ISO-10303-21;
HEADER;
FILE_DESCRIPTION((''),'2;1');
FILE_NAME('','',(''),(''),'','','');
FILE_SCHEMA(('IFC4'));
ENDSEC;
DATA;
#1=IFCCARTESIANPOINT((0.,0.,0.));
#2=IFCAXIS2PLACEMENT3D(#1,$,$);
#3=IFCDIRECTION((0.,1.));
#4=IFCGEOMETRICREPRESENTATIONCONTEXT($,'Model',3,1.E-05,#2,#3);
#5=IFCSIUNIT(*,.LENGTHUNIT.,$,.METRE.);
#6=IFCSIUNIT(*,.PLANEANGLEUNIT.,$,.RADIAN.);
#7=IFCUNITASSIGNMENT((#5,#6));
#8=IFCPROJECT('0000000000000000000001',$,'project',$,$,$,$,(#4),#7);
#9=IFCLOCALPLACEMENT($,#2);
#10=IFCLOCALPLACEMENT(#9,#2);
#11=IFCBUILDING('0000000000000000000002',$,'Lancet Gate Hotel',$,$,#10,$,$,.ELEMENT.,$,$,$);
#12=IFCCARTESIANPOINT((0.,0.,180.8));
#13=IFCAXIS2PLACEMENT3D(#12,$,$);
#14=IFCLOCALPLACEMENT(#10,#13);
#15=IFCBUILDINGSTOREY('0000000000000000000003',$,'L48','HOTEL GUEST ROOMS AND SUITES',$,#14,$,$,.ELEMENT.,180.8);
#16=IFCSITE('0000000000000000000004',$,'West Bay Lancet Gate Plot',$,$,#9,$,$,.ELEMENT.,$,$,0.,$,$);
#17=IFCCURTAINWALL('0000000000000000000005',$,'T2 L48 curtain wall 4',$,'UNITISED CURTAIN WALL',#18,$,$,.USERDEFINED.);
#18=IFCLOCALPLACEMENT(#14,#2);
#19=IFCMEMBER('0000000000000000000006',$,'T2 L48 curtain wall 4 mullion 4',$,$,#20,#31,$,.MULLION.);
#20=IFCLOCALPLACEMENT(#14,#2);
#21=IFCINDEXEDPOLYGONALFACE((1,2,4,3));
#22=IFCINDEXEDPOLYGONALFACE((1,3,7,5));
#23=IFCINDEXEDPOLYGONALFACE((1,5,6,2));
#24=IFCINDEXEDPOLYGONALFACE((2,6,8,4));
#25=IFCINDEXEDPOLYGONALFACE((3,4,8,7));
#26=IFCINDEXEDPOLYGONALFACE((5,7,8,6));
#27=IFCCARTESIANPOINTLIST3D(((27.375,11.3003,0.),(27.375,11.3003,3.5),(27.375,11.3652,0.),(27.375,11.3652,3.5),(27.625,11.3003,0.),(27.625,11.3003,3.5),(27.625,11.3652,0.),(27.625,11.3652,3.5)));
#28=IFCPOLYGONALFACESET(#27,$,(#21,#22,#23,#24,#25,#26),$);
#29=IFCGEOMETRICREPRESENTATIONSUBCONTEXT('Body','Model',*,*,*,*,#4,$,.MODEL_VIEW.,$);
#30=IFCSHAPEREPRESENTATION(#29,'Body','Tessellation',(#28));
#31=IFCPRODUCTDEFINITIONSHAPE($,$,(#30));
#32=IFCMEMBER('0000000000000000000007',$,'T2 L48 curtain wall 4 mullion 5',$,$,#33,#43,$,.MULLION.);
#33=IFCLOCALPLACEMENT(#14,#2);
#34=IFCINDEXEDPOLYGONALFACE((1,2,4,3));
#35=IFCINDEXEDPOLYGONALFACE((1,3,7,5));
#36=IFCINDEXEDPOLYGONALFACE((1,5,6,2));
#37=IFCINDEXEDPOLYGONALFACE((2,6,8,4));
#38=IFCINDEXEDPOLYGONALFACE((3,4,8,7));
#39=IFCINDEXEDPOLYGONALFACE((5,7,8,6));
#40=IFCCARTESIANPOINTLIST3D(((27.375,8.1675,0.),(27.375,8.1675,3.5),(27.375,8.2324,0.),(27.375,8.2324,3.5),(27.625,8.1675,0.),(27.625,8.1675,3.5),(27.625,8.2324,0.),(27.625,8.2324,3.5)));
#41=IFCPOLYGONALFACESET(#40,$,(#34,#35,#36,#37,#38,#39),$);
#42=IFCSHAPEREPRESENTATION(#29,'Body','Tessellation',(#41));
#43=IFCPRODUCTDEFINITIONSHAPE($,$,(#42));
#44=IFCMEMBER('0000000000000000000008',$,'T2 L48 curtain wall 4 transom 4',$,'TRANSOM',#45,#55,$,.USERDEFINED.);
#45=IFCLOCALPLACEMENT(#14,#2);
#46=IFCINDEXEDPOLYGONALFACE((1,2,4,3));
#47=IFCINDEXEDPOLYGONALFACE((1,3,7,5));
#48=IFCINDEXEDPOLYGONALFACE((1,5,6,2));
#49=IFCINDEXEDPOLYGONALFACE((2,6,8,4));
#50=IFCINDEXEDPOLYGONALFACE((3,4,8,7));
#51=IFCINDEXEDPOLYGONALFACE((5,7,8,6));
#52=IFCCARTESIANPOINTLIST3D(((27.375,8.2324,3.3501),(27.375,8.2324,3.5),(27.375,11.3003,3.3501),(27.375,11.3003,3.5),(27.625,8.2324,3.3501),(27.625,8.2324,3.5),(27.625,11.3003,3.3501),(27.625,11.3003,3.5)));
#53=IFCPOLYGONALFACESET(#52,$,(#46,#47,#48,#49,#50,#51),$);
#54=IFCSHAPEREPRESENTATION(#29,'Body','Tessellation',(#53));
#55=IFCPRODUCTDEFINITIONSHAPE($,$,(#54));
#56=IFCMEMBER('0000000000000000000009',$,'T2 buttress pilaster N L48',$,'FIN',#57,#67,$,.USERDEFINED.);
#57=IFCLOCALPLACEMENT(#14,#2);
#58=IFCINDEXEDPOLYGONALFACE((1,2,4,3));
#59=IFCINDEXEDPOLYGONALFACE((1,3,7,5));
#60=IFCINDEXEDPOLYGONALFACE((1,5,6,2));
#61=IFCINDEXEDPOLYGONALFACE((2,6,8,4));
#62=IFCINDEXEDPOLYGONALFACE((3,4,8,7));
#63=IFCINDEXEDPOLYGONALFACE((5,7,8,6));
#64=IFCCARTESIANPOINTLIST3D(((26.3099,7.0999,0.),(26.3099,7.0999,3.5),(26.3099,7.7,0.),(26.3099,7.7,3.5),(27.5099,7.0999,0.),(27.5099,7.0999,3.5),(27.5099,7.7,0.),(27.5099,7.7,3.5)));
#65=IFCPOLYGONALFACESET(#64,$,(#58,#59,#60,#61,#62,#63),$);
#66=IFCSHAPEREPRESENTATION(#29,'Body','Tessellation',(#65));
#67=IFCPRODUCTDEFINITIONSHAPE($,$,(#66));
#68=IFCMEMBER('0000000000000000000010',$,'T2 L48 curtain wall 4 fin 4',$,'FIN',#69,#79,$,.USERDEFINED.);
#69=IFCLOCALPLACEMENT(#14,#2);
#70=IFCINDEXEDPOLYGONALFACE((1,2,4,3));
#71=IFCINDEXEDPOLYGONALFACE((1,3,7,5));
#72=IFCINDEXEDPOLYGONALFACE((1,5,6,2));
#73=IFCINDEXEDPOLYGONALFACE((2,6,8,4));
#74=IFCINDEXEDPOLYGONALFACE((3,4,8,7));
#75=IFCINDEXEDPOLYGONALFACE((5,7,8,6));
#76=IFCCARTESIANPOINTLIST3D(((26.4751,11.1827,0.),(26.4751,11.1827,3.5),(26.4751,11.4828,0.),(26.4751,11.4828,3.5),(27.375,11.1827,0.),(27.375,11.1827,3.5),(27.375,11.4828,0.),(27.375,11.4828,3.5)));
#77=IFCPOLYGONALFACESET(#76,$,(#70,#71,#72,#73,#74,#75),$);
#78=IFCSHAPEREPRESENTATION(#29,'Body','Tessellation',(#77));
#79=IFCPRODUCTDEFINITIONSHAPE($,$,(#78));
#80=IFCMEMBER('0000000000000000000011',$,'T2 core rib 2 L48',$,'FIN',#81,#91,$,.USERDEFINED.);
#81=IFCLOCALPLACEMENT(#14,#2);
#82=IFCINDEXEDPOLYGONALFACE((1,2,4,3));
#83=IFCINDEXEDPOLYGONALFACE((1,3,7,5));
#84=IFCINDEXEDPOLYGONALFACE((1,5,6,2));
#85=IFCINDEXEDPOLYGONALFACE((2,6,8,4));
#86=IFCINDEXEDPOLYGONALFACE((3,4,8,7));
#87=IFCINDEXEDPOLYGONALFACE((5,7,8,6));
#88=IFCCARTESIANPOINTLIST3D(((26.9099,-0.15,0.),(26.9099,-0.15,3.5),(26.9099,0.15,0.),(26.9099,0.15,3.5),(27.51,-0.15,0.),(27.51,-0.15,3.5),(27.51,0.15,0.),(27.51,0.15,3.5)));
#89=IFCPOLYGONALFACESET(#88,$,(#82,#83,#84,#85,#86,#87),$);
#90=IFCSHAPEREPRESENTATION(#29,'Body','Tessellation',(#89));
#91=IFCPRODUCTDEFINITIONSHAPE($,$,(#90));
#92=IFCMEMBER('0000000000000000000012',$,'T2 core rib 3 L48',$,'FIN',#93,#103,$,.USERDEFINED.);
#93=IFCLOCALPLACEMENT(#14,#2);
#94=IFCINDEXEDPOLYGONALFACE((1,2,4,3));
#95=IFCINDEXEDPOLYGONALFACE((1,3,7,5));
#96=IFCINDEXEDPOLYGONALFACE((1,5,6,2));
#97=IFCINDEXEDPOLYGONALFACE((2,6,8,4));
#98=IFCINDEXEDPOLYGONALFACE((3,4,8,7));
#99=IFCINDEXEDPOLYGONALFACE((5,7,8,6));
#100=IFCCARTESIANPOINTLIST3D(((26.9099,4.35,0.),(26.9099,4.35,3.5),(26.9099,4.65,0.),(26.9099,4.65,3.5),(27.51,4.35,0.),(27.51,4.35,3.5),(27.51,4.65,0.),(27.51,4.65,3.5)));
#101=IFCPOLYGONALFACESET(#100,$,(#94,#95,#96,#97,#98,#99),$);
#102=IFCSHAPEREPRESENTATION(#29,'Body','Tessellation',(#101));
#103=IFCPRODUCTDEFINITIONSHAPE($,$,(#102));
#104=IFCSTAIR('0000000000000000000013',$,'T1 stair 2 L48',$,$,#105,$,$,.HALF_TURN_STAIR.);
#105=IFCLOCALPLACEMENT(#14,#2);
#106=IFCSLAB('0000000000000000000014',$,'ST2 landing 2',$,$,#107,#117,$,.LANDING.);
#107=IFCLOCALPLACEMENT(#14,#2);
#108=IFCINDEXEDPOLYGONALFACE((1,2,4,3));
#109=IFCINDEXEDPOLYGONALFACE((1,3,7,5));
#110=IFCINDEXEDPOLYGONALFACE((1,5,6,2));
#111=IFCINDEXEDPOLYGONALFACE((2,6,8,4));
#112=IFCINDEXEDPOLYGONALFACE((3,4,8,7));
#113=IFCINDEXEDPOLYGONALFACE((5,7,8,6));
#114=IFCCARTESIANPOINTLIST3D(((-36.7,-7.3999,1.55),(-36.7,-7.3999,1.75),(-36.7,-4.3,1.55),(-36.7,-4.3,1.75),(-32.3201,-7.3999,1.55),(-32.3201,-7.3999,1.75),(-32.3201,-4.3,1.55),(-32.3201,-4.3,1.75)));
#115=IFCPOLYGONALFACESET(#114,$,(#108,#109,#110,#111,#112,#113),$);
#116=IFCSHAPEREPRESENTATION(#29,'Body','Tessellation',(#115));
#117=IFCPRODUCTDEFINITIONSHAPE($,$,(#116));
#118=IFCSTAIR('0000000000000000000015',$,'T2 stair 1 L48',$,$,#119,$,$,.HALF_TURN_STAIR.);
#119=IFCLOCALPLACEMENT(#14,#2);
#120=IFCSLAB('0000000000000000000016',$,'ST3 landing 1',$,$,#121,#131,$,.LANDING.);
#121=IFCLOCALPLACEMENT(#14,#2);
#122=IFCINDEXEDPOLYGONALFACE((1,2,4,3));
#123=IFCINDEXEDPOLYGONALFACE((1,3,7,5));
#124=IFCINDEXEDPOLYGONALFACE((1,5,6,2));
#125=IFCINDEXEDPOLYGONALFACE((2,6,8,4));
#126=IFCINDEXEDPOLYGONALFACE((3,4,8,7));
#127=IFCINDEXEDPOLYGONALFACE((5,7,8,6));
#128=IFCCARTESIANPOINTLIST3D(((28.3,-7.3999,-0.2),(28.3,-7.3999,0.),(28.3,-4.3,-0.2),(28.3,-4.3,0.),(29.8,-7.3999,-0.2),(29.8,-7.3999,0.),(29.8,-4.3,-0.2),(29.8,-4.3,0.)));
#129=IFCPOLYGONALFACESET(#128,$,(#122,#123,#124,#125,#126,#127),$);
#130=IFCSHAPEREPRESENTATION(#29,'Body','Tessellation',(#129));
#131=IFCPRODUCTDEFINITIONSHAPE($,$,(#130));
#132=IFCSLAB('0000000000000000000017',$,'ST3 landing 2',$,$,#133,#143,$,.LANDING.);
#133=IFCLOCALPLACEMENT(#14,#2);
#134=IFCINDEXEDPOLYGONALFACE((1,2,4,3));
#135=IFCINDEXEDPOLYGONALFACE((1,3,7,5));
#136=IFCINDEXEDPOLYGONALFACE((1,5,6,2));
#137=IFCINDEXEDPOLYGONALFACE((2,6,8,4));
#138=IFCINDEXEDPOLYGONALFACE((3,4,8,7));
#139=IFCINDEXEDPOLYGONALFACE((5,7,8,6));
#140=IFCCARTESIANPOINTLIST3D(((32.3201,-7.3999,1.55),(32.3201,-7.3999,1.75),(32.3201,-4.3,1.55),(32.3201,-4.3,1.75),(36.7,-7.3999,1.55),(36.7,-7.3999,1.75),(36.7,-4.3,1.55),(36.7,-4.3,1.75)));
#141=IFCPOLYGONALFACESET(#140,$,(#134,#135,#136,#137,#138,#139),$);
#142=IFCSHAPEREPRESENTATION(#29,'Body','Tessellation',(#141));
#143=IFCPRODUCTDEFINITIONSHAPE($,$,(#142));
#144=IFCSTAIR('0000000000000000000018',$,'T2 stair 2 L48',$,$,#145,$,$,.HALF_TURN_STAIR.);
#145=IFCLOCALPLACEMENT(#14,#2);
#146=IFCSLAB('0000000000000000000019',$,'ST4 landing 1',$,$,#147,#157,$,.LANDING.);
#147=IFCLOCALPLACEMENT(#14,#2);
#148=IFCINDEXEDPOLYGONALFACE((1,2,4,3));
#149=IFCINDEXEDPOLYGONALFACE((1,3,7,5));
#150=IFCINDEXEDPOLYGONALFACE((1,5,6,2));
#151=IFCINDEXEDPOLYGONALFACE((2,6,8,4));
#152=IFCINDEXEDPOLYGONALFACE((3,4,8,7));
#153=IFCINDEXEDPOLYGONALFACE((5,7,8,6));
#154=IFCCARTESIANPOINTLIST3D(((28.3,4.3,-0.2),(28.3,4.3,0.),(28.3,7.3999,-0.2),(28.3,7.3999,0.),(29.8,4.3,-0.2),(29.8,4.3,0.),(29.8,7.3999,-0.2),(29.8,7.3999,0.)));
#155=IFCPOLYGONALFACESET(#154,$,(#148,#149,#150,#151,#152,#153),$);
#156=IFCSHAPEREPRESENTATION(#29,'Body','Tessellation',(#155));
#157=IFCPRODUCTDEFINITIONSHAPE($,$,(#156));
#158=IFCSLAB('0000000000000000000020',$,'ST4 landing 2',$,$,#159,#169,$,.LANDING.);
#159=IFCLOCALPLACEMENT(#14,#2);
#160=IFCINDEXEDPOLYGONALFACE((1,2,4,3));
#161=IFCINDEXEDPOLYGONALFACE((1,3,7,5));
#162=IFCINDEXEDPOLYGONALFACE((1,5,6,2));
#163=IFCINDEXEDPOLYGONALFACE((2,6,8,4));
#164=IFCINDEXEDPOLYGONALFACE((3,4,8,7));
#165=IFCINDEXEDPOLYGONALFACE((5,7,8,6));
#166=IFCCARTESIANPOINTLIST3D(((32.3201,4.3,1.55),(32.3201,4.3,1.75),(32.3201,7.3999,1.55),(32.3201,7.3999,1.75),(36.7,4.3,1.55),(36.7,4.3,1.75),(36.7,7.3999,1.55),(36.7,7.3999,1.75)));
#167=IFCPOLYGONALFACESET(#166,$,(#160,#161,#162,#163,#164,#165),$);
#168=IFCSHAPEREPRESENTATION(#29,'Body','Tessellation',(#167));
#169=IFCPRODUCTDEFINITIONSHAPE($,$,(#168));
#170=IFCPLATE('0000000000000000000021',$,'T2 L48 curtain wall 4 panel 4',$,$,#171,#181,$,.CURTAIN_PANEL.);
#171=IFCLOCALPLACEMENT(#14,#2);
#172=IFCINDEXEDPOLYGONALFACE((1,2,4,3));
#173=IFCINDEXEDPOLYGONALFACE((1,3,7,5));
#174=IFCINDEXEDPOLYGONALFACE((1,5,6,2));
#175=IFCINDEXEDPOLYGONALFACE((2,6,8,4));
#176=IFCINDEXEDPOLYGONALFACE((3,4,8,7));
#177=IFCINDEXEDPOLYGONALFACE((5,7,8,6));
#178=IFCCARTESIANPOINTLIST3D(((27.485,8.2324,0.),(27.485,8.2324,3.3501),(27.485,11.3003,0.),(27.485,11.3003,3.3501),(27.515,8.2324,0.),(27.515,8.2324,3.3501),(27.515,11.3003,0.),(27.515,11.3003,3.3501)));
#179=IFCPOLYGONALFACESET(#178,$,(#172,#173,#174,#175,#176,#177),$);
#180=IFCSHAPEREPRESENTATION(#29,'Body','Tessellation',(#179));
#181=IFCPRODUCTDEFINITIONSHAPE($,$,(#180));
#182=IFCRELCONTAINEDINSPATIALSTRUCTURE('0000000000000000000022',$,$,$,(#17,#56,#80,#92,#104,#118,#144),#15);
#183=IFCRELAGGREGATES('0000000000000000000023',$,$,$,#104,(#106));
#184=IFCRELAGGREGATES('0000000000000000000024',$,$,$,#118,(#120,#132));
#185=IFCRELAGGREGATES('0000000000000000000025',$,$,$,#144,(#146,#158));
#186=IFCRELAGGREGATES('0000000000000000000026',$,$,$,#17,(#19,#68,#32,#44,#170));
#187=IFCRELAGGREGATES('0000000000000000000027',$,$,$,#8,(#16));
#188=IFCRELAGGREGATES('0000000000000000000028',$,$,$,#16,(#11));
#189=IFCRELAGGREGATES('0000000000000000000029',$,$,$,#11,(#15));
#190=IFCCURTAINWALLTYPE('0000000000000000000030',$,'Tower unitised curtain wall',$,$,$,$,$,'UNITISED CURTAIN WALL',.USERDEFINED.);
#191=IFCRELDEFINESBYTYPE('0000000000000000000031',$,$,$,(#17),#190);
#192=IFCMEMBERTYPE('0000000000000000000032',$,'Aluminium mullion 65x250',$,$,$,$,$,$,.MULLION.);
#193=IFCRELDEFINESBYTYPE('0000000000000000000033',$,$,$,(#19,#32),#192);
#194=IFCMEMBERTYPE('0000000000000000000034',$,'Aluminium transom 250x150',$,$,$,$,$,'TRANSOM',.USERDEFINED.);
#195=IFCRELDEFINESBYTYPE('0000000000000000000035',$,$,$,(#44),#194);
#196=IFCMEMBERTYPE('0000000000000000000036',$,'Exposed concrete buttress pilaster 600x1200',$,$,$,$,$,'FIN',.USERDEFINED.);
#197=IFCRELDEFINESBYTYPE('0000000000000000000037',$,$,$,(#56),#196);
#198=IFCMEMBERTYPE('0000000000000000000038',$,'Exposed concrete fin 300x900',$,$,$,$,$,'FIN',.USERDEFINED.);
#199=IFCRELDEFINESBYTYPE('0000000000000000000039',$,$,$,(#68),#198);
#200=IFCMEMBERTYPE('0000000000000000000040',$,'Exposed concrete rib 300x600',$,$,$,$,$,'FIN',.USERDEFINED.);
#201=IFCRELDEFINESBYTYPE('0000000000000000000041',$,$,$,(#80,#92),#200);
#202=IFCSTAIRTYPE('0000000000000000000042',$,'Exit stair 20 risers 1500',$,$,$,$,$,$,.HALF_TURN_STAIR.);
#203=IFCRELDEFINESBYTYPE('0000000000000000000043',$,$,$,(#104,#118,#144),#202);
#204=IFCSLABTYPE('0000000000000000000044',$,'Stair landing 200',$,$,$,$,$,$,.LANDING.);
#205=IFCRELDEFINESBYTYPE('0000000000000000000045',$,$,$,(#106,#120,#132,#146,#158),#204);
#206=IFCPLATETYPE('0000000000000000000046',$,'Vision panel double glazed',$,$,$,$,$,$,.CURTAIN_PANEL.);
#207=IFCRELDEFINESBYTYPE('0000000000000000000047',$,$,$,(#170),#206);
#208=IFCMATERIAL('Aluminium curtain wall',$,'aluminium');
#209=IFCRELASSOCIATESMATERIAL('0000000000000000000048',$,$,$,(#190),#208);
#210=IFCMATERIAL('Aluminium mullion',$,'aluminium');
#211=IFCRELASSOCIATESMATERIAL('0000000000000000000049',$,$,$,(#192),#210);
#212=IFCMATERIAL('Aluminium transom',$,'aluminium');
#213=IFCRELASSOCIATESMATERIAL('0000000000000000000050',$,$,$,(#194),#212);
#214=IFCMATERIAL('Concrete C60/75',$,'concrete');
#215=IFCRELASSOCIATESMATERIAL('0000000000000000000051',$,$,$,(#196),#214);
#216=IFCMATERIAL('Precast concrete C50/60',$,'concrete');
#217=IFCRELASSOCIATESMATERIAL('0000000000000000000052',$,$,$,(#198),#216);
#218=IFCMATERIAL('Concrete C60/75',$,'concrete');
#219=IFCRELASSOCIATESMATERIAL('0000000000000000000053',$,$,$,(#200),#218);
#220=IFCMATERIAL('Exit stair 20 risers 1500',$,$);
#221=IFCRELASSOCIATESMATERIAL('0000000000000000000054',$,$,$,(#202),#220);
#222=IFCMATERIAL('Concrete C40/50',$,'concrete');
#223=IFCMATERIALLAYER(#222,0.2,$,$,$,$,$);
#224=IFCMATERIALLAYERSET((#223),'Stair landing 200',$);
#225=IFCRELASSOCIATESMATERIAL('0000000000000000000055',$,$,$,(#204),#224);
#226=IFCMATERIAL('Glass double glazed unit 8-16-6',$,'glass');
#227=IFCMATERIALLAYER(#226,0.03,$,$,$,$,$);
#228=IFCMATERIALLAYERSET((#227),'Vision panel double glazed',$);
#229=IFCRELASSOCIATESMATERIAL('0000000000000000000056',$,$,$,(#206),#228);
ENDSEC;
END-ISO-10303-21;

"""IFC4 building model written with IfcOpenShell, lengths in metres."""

from ifc_helpers import new_model, si_unit, direction, frame, origin, origin_2d, place, context, subcontext, project, spatial, polyline, rectangle, outline, extrude, material, layer, layer_set, material_profile, profile_set, type_object, element, aggregate, save


model = new_model("IFC4")

# Units and contexts
model_context = context("Model", 3, precision=1e-05, world=origin(), true_north=direction((0.0, 1.0)))
body_context = subcontext(model_context, "Body", "Model", "MODEL_VIEW")
ifc_project = project(units=[si_unit("LENGTHUNIT", "METRE"), si_unit("PLANEANGLEUNIT", "RADIAN")], contexts=[model_context])

# Site, building, storey
site_placement = place(None, origin())
site = spatial("IfcSite", under=ifc_project, at=site_placement, Name="West Bay Lancet Gate Plot", CompositionType="ELEMENT", RefElevation=0.0)
building_placement = place(site_placement, origin())
building = spatial("IfcBuilding", under=site, at=building_placement, Name="Lancet Gate Hotel", CompositionType="ELEMENT")
storey_placement = place(building_placement, frame((0.0, 0.0, 180.8)))
storey = spatial("IfcBuildingStorey", under=building, at=storey_placement, Name="L48", Description="HOTEL GUEST ROOMS AND SUITES", CompositionType="ELEMENT", Elevation=180.8)

# Curtain wall, members
ifc_material_1 = material(Name="Aluminium curtain wall", Category="aluminium")
curtain_wall_type = type_object("IfcCurtainWallType", Name="Tower unitised curtain wall", ElementType="UNITISED CURTAIN WALL", PredefinedType="USERDEFINED", material=ifc_material_1)
curtain_wall_placement = place(storey_placement, origin())
curtain_wall = element("IfcCurtainWall", 1, at=curtain_wall_placement, inside=storey, type_object=curtain_wall_type, Name="T2 L48 curtain wall 4", ObjectType="UNITISED CURTAIN WALL", PredefinedType="USERDEFINED")
ifc_material_2 = material(Name="Aluminium mullion", Category="aluminium")
ifc_material_profile_1 = material_profile(ifc_material_2, rectangle(XDim=0.0649, YDim=0.25, at=origin_2d()), Name="MULLION 65x250")
ifc_profile_set_1 = profile_set([ifc_material_profile_1], Name="Aluminium mullion")
member_type_1 = type_object("IfcMemberType", Name="Aluminium mullion 65x250", PredefinedType="MULLION", material=ifc_profile_set_1)
member_1_placement = place(storey_placement, frame((27.5, 11.3328, 0.0), z_axis=(0.0, 0.0, 1.0), x_axis=(0.0, -1.0, 0.0)))
member_1 = element("IfcMember", 2, at=member_1_placement, type_object=member_type_1, Name="T2 L48 curtain wall 4 mullion 4", PredefinedType="MULLION", context=body_context, shape_type="SweptSolid", body=[
    extrude(rectangle(XDim=0.0649, YDim=0.25, at=origin_2d()), origin(), (0.0, 0.0, 1.0), 3.5),
])
member_2_placement = place(storey_placement, frame((27.5, 8.2, 0.0), z_axis=(0.0, 0.0, 1.0), x_axis=(0.0, -1.0, 0.0)))
member_2 = element("IfcMember", 3, at=member_2_placement, type_object=member_type_1, Name="T2 L48 curtain wall 4 mullion 5", PredefinedType="MULLION", context=body_context, shape_type="SweptSolid", body=[
    extrude(rectangle(XDim=0.0649, YDim=0.25, at=origin_2d()), origin(), (0.0, 0.0, 1.0), 3.5),
])
ifc_material_3 = material(Name="Aluminium transom", Category="aluminium")
ifc_material_profile_2 = material_profile(ifc_material_3, rectangle(XDim=0.25, YDim=0.1499, at=origin_2d()), Name="TRANSOM 250x150")
ifc_profile_set_2 = profile_set([ifc_material_profile_2], Name="Aluminium transom")
member_type_2 = type_object("IfcMemberType", Name="Aluminium transom 250x150", ElementType="TRANSOM", PredefinedType="USERDEFINED", material=ifc_profile_set_2)
member_3_placement = place(storey_placement, frame((27.5, 11.3003, 3.425), z_axis=(0.0, -1.0, 0.0), x_axis=(1.0, 0.0, 0.0)))
member_3 = element("IfcMember", 4, at=member_3_placement, type_object=member_type_2, Name="T2 L48 curtain wall 4 transom 4", ObjectType="TRANSOM", PredefinedType="USERDEFINED", context=body_context, shape_type="SweptSolid", body=[
    extrude(rectangle(XDim=0.25, YDim=0.1499, at=origin_2d()), origin(), (0.0, 0.0, 1.0), 3.0679),
])

# Members
ifc_material_4 = material(Name="Concrete C60/75", Category="concrete")
ifc_material_profile_3 = material_profile(ifc_material_4, rectangle(XDim=0.6001, YDim=1.2, at=origin_2d()), Name="FIN 600x1200")
ifc_profile_set_3 = profile_set([ifc_material_profile_3], Name="Concrete C60/75")
member_type_3 = type_object("IfcMemberType", Name="Exposed concrete buttress pilaster 600x1200", ElementType="FIN", PredefinedType="USERDEFINED", material=ifc_profile_set_3)
member_4_placement = place(storey_placement, frame((26.9099, 7.3999, 0.0), z_axis=(0.0, 0.0, 1.0), x_axis=(0.0, 1.0, 0.0)))
element("IfcMember", 5, at=member_4_placement, inside=storey, type_object=member_type_3, Name="T2 buttress pilaster N L48", ObjectType="FIN", PredefinedType="USERDEFINED", context=body_context, shape_type="SweptSolid", body=[
    extrude(rectangle(XDim=0.6001, YDim=1.2, at=origin_2d()), origin(), (0.0, 0.0, 1.0), 3.5),
])
ifc_material_5 = material(Name="Precast concrete C50/60", Category="concrete")
ifc_material_profile_4 = material_profile(ifc_material_5, rectangle(XDim=0.3, YDim=0.8999, at=origin_2d()), Name="FIN 300x900")
ifc_profile_set_4 = profile_set([ifc_material_profile_4], Name="Precast concrete C50/60")
member_type_4 = type_object("IfcMemberType", Name="Exposed concrete fin 300x900", ElementType="FIN", PredefinedType="USERDEFINED", material=ifc_profile_set_4)
member_5_placement = place(storey_placement, frame((26.925, 11.3328, 0.0), z_axis=(0.0, 0.0, 1.0), x_axis=(0.0, -1.0, 0.0)))
member_5 = element("IfcMember", 6, at=member_5_placement, type_object=member_type_4, Name="T2 L48 curtain wall 4 fin 4", ObjectType="FIN", PredefinedType="USERDEFINED", context=body_context, shape_type="SweptSolid", body=[
    extrude(rectangle(XDim=0.3, YDim=0.8999, at=origin_2d()), origin(), (0.0, 0.0, 1.0), 3.5),
])

# Members
ifc_material_6 = material(Name="Concrete C60/75", Category="concrete")
ifc_material_profile_5 = material_profile(ifc_material_6, rectangle(XDim=0.3, YDim=0.6001, at=origin_2d()), Name="FIN 300x600")
ifc_profile_set_5 = profile_set([ifc_material_profile_5], Name="Concrete C60/75")
member_type_5 = type_object("IfcMemberType", Name="Exposed concrete rib 300x600", ElementType="FIN", PredefinedType="USERDEFINED", material=ifc_profile_set_5)
for number, where, z_axis, x_axis, name in (
    (7, (27.21, 0.0, 0.0), (0.0, 0.0, 1.0), (0.0, 1.0, 0.0), "T2 core rib 2 L48"),
    (8, (27.21, 4.5, 0.0), (0.0, 0.0, 1.0), (0.0, 1.0, 0.0), "T2 core rib 3 L48"),
):
    element("IfcMember", number, at=place(storey_placement, frame(where, z_axis=z_axis, x_axis=x_axis)), inside=storey, type_object=member_type_5, Name=name, ObjectType="FIN", PredefinedType="USERDEFINED", context=body_context, shape_type="SweptSolid", body=[
        extrude(rectangle(XDim=0.3, YDim=0.6001, at=origin_2d()), origin(), (0.0, 0.0, 1.0), 3.5),
    ])

# Stair, slab
ifc_material_7 = material(Name="Exit stair 20 risers 1500")
stair_type = type_object("IfcStairType", Name="Exit stair 20 risers 1500", PredefinedType="HALF_TURN_STAIR", material=ifc_material_7)
stair_1_placement = place(storey_placement, origin())
stair_1 = element("IfcStair", 9, at=stair_1_placement, inside=storey, type_object=stair_type, Name="T1 stair 2 L48", PredefinedType="HALF_TURN_STAIR")
ifc_material_8 = material(Name="Concrete C40/50", Category="concrete")
ifc_layer_1 = layer(ifc_material_8, 0.2)
ifc_layer_set_1 = layer_set([ifc_layer_1], Name="Stair landing 200")
slab_type = type_object("IfcSlabType", Name="Stair landing 200", PredefinedType="LANDING", material=ifc_layer_set_1)
slab_1_placement = place(storey_placement, frame((0.0, 0.0, 1.55)))
slab_1 = element("IfcSlab", 10, at=slab_1_placement, type_object=slab_type, Name="ST2 landing 2", PredefinedType="LANDING", context=body_context, shape_type="SweptSolid", body=[
    extrude(outline(polyline([(-32.3201, -4.3), (-36.7, -4.3), (-36.7, -7.3999), (-32.3201, -7.3999), (-32.3201, -4.3)])), origin(), (0.0, 0.0, 1.0), 0.2),
])
aggregate(stair_1, [slab_1])

# Stairs, slabs
stair_2_placement = place(storey_placement, origin())
stair_2 = element("IfcStair", 11, at=stair_2_placement, inside=storey, type_object=stair_type, Name="T2 stair 1 L48", PredefinedType="HALF_TURN_STAIR")
slab_2_placement = place(storey_placement, frame((0.0, 0.0, -0.2)))
slab_2 = element("IfcSlab", 12, at=slab_2_placement, type_object=slab_type, Name="ST3 landing 1", PredefinedType="LANDING", context=body_context, shape_type="SweptSolid", body=[
    extrude(outline(polyline([(28.3, -7.3999), (29.8, -7.3999), (29.8, -4.3), (28.3, -4.3), (28.3, -7.3999)])), origin(), (0.0, 0.0, 1.0), 0.2),
])
slab_3_placement = place(storey_placement, frame((0.0, 0.0, 1.55)))
slab_3 = element("IfcSlab", 13, at=slab_3_placement, type_object=slab_type, Name="ST3 landing 2", PredefinedType="LANDING", context=body_context, shape_type="SweptSolid", body=[
    extrude(outline(polyline([(32.3201, -7.3999), (36.7, -7.3999), (36.7, -4.3), (32.3201, -4.3), (32.3201, -7.3999)])), origin(), (0.0, 0.0, 1.0), 0.2),
])
aggregate(stair_2, [slab_2, slab_3])
stair_3_placement = place(storey_placement, origin())
stair_3 = element("IfcStair", 14, at=stair_3_placement, inside=storey, type_object=stair_type, Name="T2 stair 2 L48", PredefinedType="HALF_TURN_STAIR")
slab_4_placement = place(storey_placement, frame((0.0, 0.0, -0.2)))
slab_4 = element("IfcSlab", 15, at=slab_4_placement, type_object=slab_type, Name="ST4 landing 1", PredefinedType="LANDING", context=body_context, shape_type="SweptSolid", body=[
    extrude(outline(polyline([(28.3, 4.3), (29.8, 4.3), (29.8, 7.3999), (28.3, 7.3999), (28.3, 4.3)])), origin(), (0.0, 0.0, 1.0), 0.2),
])
slab_5_placement = place(storey_placement, frame((0.0, 0.0, 1.55)))
slab_5 = element("IfcSlab", 16, at=slab_5_placement, type_object=slab_type, Name="ST4 landing 2", PredefinedType="LANDING", context=body_context, shape_type="SweptSolid", body=[
    extrude(outline(polyline([(32.3201, 4.3), (36.7, 4.3), (36.7, 7.3999), (32.3201, 7.3999), (32.3201, 4.3)])), origin(), (0.0, 0.0, 1.0), 0.2),
])
aggregate(stair_3, [slab_4, slab_5])

# Plate
ifc_material_9 = material(Name="Glass double glazed unit 8-16-6", Category="glass")
ifc_layer_2 = layer(ifc_material_9, 0.03)
ifc_layer_set_2 = layer_set([ifc_layer_2], Name="Vision panel double glazed")
plate_type = type_object("IfcPlateType", Name="Vision panel double glazed", PredefinedType="CURTAIN_PANEL", material=ifc_layer_set_2)
plate_placement = place(storey_placement, frame((27.5, 9.7664, 0.0), z_axis=(0.0, 0.0, 1.0), x_axis=(0.0, -1.0, 0.0)))
plate = element("IfcPlate", 17, at=plate_placement, type_object=plate_type, Name="T2 L48 curtain wall 4 panel 4", PredefinedType="CURTAIN_PANEL", context=body_context, shape_type="SweptSolid", body=[
    extrude(rectangle(XDim=3.0679, YDim=0.03, at=origin_2d()), origin(), (0.0, 0.0, 1.0), 3.3501),
])
aggregate(curtain_wall, [member_1, member_5, member_2, member_3, plate])

save(model, "model.ifc")
